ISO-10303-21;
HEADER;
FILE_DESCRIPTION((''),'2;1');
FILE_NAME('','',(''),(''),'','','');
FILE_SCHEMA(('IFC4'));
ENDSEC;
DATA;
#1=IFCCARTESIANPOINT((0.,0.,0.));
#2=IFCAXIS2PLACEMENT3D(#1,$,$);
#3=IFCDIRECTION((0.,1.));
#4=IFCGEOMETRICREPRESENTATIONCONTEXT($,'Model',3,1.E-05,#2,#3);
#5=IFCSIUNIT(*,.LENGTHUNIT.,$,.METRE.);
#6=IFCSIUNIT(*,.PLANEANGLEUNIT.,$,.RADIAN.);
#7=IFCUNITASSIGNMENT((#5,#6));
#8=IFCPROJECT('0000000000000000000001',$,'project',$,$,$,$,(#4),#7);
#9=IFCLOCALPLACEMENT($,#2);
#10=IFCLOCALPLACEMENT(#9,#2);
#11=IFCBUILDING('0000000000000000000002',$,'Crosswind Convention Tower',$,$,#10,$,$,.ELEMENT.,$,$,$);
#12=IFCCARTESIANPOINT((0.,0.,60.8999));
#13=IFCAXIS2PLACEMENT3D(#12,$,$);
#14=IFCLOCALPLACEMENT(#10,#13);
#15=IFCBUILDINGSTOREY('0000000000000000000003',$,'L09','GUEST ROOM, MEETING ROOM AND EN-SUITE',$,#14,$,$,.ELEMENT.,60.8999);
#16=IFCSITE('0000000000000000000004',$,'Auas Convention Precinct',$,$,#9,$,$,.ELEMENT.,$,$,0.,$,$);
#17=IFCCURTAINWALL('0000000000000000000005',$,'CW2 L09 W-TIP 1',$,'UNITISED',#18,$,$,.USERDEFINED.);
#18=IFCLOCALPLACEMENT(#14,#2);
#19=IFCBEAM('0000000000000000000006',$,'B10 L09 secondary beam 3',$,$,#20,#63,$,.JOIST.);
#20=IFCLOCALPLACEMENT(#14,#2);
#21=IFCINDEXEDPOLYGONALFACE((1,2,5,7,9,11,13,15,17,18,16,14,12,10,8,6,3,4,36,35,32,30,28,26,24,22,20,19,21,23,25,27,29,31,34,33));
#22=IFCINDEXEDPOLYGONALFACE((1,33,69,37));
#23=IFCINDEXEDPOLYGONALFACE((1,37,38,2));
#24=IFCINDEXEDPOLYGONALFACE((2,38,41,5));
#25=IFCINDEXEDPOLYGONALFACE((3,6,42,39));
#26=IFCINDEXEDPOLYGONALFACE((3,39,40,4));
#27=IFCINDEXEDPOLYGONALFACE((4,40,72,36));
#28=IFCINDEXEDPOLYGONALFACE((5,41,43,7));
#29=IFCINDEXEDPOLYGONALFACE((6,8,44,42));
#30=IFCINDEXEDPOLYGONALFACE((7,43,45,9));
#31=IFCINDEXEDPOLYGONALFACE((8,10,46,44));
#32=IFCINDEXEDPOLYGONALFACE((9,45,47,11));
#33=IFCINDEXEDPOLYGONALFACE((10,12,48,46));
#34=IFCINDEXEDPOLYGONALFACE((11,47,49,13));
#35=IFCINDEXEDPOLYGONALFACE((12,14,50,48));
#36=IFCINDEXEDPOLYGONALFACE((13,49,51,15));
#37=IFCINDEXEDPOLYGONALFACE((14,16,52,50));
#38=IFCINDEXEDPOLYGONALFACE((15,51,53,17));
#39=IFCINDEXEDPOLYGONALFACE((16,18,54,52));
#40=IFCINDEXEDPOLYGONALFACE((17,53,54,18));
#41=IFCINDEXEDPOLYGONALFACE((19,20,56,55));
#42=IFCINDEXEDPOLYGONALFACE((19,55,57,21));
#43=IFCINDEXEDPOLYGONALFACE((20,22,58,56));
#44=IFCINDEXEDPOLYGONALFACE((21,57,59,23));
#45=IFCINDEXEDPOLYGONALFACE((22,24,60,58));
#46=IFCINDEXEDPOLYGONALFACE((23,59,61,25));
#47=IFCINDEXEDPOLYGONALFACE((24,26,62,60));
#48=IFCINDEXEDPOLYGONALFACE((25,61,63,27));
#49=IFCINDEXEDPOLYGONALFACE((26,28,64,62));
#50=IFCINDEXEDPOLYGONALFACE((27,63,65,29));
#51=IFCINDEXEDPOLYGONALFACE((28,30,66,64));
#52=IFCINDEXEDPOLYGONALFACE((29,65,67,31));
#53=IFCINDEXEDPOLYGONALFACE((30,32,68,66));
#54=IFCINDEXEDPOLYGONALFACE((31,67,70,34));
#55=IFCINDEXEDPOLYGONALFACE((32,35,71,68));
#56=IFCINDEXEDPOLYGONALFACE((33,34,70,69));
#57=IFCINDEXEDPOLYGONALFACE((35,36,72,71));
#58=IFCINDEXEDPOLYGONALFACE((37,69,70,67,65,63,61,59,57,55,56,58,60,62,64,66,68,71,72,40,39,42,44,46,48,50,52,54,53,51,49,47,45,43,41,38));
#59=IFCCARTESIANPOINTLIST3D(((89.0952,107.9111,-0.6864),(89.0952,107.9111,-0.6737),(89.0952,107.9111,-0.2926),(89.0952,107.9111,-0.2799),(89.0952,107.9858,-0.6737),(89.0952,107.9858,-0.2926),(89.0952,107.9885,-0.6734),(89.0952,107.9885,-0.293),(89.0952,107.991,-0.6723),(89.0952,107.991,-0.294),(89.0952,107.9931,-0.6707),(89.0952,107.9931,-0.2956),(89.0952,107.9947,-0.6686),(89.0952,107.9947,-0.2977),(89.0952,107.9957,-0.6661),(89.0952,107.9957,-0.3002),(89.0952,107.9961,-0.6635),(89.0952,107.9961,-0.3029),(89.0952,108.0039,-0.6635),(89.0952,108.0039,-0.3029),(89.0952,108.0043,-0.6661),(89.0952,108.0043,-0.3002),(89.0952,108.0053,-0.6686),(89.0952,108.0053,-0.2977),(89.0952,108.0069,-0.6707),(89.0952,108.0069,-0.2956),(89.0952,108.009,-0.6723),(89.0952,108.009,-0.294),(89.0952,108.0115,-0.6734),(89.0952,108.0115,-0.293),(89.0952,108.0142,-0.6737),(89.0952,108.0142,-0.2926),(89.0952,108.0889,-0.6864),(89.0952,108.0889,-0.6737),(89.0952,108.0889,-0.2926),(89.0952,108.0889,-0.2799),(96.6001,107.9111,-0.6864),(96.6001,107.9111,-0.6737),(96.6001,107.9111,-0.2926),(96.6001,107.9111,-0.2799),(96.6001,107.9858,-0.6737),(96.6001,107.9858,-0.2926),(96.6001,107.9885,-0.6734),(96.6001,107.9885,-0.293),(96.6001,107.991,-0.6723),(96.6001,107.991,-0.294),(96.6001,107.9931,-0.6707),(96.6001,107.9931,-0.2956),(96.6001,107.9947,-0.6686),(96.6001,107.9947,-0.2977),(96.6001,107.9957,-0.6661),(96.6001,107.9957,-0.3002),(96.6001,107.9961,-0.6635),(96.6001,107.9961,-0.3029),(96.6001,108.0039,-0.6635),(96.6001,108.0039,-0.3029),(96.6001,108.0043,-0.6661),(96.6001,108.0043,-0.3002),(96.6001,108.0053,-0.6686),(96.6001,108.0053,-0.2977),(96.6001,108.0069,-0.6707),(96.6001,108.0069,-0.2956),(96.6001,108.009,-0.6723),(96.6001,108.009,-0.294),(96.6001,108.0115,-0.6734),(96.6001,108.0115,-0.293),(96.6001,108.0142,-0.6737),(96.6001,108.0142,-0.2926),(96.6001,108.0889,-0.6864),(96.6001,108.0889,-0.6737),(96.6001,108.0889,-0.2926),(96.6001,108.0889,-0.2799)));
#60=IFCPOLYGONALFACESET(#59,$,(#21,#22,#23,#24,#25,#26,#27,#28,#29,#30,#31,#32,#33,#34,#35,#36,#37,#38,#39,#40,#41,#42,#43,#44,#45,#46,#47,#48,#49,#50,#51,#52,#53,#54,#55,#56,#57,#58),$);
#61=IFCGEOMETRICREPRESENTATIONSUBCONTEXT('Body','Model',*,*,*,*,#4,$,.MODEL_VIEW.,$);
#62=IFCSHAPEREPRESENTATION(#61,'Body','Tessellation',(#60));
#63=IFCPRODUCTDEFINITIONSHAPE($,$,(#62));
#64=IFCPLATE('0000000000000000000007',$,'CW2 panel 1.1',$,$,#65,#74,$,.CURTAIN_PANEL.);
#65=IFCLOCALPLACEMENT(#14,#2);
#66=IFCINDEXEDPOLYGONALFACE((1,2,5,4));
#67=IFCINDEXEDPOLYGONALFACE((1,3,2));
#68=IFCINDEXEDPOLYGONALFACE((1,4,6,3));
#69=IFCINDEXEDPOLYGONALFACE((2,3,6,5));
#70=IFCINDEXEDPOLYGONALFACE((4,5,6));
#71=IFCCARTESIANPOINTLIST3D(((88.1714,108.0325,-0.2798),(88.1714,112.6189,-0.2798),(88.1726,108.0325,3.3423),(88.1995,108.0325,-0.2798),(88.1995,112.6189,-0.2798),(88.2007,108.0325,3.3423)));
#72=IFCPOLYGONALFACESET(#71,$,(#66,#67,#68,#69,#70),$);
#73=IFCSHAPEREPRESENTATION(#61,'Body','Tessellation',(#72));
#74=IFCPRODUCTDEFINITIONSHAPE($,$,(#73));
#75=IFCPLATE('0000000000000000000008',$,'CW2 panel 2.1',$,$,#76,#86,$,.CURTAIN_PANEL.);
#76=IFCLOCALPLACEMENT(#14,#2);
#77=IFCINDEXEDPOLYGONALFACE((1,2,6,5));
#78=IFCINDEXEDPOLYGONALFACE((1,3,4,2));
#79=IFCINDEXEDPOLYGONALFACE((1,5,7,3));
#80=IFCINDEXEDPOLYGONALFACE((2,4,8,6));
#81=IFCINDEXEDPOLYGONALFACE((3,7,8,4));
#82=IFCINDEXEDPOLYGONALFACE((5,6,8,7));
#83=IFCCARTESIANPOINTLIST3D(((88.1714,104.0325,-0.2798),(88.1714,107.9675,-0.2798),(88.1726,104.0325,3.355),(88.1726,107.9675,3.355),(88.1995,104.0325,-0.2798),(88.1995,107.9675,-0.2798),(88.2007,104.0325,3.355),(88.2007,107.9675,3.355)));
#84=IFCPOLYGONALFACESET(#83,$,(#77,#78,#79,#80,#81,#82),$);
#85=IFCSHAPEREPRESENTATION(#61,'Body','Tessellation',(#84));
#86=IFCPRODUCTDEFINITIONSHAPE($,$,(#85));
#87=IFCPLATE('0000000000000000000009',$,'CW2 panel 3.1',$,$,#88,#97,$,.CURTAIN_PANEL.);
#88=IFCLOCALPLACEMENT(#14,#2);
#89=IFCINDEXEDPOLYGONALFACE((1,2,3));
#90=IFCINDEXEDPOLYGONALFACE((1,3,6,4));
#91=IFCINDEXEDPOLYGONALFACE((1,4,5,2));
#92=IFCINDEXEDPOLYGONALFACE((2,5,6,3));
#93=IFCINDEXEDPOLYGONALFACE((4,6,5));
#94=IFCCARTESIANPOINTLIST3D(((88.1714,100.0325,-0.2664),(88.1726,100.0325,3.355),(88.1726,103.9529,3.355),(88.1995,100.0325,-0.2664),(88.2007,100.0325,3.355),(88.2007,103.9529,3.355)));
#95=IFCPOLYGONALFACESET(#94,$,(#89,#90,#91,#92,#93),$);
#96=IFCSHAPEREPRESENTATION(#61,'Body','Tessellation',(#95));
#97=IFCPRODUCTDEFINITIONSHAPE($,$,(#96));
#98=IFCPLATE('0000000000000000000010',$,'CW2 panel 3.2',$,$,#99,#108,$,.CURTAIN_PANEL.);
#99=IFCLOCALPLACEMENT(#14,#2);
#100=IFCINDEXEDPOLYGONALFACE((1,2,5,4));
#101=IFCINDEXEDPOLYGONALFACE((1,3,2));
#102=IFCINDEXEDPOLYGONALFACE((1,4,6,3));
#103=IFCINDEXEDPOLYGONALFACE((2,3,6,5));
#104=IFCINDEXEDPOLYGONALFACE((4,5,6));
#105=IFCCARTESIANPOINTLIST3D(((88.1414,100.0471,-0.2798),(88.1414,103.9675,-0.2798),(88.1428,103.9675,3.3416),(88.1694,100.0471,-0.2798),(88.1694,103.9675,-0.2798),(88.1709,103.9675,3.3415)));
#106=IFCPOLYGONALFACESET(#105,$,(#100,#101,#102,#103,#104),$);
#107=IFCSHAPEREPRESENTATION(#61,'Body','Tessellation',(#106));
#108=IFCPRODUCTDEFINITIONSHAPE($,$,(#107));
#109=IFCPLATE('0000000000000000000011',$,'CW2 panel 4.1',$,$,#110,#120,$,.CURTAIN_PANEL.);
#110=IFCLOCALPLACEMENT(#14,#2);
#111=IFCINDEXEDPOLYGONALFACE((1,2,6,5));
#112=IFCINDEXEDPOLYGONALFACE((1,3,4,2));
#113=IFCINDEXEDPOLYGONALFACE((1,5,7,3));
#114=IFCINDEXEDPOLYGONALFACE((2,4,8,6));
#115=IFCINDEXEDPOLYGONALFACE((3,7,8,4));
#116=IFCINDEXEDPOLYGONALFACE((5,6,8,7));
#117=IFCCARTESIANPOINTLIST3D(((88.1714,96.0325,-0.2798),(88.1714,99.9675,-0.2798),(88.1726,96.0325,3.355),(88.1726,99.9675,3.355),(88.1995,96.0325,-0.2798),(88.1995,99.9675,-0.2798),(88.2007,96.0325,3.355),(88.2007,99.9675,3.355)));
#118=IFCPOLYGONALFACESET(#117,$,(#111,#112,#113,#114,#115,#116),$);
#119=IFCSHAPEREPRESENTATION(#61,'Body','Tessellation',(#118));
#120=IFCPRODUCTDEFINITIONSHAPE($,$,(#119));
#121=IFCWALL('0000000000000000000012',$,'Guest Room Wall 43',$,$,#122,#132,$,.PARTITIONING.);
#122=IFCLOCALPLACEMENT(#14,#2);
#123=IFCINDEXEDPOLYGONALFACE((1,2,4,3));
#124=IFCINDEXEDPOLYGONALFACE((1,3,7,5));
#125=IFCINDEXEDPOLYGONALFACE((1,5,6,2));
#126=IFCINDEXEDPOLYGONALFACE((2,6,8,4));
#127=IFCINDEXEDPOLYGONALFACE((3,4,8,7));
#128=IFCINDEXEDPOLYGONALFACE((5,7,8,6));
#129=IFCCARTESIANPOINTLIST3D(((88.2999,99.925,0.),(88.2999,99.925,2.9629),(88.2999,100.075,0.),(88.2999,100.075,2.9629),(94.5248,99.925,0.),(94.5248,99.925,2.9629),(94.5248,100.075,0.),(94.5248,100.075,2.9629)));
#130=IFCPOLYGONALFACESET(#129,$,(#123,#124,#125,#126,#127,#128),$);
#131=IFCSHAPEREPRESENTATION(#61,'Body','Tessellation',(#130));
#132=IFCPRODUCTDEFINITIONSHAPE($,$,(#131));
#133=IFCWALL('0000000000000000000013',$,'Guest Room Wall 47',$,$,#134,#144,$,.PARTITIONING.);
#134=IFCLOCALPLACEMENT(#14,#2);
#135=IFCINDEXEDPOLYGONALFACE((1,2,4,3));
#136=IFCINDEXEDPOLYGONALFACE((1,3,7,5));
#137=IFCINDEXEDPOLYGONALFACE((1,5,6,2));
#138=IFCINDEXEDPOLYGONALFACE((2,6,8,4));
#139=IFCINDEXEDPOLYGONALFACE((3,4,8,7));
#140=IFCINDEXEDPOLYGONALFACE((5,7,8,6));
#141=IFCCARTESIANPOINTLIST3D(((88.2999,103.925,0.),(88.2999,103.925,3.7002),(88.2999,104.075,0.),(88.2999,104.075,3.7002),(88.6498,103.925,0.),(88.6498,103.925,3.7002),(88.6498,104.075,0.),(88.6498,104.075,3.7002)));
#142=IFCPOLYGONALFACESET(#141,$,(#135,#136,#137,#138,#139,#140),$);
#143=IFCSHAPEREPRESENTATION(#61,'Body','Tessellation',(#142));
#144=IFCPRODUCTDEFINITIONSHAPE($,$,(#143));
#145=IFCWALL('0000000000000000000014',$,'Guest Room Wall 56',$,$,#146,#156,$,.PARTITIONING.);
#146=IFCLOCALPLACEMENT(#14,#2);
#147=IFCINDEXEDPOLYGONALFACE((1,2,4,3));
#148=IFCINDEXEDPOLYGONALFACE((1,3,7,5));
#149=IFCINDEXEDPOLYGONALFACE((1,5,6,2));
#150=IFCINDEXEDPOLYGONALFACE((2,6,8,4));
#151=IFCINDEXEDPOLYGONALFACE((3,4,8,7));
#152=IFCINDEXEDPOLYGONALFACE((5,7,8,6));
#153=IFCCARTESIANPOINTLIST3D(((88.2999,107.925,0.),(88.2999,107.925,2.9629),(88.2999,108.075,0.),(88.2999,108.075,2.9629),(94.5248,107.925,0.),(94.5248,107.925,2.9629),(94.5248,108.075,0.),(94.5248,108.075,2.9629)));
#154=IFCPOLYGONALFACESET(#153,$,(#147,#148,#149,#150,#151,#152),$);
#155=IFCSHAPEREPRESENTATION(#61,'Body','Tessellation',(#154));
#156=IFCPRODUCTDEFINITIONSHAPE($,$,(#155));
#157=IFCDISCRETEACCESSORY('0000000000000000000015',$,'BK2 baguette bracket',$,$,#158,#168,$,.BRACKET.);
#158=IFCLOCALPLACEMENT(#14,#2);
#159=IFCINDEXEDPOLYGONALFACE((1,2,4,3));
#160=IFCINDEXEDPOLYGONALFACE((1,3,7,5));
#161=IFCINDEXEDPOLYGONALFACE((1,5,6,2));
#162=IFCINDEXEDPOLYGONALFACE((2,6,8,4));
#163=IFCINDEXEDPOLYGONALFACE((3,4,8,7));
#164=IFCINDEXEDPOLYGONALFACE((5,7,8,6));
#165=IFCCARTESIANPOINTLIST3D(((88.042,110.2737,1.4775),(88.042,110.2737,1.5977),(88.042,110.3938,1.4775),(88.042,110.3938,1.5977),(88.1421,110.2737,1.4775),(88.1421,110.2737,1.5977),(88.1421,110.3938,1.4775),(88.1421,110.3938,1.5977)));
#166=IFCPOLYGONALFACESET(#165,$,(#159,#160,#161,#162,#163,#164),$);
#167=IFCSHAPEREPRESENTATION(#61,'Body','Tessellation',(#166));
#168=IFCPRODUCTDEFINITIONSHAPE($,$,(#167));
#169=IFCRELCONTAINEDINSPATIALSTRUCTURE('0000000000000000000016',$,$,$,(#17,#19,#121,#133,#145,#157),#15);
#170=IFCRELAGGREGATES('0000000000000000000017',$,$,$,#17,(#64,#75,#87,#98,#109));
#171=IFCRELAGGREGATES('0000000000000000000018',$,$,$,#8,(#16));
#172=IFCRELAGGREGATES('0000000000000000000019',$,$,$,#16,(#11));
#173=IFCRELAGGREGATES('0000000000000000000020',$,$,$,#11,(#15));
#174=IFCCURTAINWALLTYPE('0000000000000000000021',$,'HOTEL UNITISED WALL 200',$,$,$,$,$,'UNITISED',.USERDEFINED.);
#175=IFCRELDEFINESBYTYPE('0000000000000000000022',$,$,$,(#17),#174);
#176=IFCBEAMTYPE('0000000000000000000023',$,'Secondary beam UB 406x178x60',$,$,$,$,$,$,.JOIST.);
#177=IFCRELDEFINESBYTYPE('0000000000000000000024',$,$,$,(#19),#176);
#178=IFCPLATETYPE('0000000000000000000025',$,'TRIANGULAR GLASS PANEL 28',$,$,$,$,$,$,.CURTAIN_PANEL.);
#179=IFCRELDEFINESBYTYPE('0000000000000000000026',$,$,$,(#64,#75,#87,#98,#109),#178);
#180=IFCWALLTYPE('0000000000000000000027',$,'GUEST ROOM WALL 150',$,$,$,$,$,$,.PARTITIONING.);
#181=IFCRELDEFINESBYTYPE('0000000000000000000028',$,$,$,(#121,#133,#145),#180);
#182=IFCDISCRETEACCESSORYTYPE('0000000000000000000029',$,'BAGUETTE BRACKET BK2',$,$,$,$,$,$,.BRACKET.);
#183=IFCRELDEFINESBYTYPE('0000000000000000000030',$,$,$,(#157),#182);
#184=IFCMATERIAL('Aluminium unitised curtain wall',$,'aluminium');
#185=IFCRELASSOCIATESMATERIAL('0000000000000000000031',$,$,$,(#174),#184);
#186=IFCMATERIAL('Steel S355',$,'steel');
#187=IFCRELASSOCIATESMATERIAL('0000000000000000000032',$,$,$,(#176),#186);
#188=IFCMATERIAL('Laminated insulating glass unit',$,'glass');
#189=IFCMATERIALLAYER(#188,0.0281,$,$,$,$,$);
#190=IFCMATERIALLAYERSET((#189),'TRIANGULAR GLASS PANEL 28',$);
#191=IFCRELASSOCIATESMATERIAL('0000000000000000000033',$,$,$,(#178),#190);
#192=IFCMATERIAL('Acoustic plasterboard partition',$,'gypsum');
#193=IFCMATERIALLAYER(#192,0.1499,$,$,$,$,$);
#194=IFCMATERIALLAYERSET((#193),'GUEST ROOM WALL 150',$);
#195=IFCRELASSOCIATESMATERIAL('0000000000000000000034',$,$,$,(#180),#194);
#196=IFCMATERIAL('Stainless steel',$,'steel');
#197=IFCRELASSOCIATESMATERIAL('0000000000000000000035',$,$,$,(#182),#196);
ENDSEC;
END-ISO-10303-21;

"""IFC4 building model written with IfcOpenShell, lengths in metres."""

from ifc_helpers import new_model, si_unit, direction, frame, frame_2d, origin, origin_2d, place, context, subcontext, project, spatial, polyline, rectangle, i_section, outline, extrude, material, layer, layer_set, material_profile, profile_set, type_object, element, aggregate, save


model = new_model("IFC4")

# Units and contexts
model_context = context("Model", 3, precision=1e-05, world=origin(), true_north=direction((0.0, 1.0)))
body_context = subcontext(model_context, "Body", "Model", "MODEL_VIEW")
ifc_project = project(units=[si_unit("LENGTHUNIT", "METRE"), si_unit("PLANEANGLEUNIT", "RADIAN")], contexts=[model_context])

# Site, building, storey
site_placement = place(None, origin())
site = spatial("IfcSite", under=ifc_project, at=site_placement, Name="Auas Convention Precinct", CompositionType="ELEMENT", RefElevation=0.0)
building_placement = place(site_placement, origin())
building = spatial("IfcBuilding", under=site, at=building_placement, Name="Crosswind Convention Tower", CompositionType="ELEMENT")
storey_placement = place(building_placement, frame((0.0, 0.0, 60.8999)))
storey = spatial("IfcBuildingStorey", under=building, at=storey_placement, Name="L09", Description="GUEST ROOM, MEETING ROOM AND EN-SUITE", CompositionType="ELEMENT", Elevation=60.8999)

# Shared definitions
ifc_material_1 = material(Name="Steel S355", Category="steel")

# Curtain wall
ifc_material_2 = material(Name="Aluminium unitised curtain wall", Category="aluminium")
curtain_wall_type = type_object("IfcCurtainWallType", Name="HOTEL UNITISED WALL 200", ElementType="UNITISED", PredefinedType="USERDEFINED", material=ifc_material_2)
curtain_wall_placement = place(storey_placement, origin())
curtain_wall = element("IfcCurtainWall", 1, at=curtain_wall_placement, inside=storey, type_object=curtain_wall_type, Name="CW2 L09 W-TIP 1", ObjectType="UNITISED", PredefinedType="USERDEFINED")

# Beam
ifc_material_profile_1 = material_profile(ifc_material_1, i_section(OverallWidth=0.1777, OverallDepth=0.4065, WebThickness=0.0078, FlangeThickness=0.0127, FilletRadius=0.0103, at=origin_2d()), Name="UB 406x178x60")
ifc_profile_set_1 = profile_set([ifc_material_profile_1], Name="Steel S355")
beam_type_1 = type_object("IfcBeamType", Name="Secondary beam UB 406x178x60", PredefinedType="JOIST", material=ifc_profile_set_1)
for number, where, z_axis, x_axis, name in (
    (2, (89.0952, 108.0, -0.4832), (1.0, 0.0, 0.0), (0.0, 1.0, 0.0), "B10 L09 secondary beam 3"),
):
    element("IfcBeam", number, at=place(storey_placement, frame(where, z_axis=z_axis, x_axis=x_axis)), inside=storey, type_object=beam_type_1, Name=name, PredefinedType="JOIST", context=body_context, shape_type="SweptSolid", body=[
        extrude(i_section(OverallWidth=0.1777, OverallDepth=0.4065, WebThickness=0.0078, FlangeThickness=0.0127, FilletRadius=0.0103, at=origin_2d()), origin(), (0.0, 0.0, 1.0), 7.5049),
    ])

# Plates
ifc_material_3 = material(Name="Laminated insulating glass unit", Category="glass")
ifc_layer_1 = layer(ifc_material_3, 0.0281)
ifc_layer_set_1 = layer_set([ifc_layer_1], Name="TRIANGULAR GLASS PANEL 28")
plate_type = type_object("IfcPlateType", Name="TRIANGULAR GLASS PANEL 28", PredefinedType="CURTAIN_PANEL", material=ifc_layer_set_1)
plate_1_placement = place(storey_placement, frame((88.1714, 108.0325, -0.2798), z_axis=(-1.0, 0.0, 0.000337), x_axis=(0.000337, 0.0, 1.0)))
plate_1 = element("IfcPlate", 3, at=plate_1_placement, type_object=plate_type, Name="CW2 panel 1.1", PredefinedType="CURTAIN_PANEL", context=body_context, shape_type="SweptSolid", body=[
    extrude(outline(polyline([(0.0, 0.0), (3.6221, 0.0), (0.0, 4.5864), (0.0, 0.0)])), origin(), (0.0, 0.0, -1.0), 0.0281),
])
plate_2_placement = place(storey_placement, frame((88.1714, 107.9675, -0.2798), z_axis=(-1.0, 0.0, 0.000336), x_axis=(0.0, -1.0, 0.0)))
plate_2 = element("IfcPlate", 4, at=plate_2_placement, type_object=plate_type, Name="CW2 panel 2.1", PredefinedType="CURTAIN_PANEL", context=body_context, shape_type="SweptSolid", body=[
    extrude(outline(polyline([(0.0, 0.0), (3.9351, 0.0), (3.9351, 3.6348), (0.0, 3.6348), (0.0, 0.0)])), origin(), (0.0, 0.0, -1.0), 0.0281),
])
plate_3_placement = place(storey_placement, frame((88.1726, 100.0325, 3.355), z_axis=(-1.0, 0.0, 0.000337), x_axis=(0.0, 1.0, 0.0)))
plate_3 = element("IfcPlate", 5, at=plate_3_placement, type_object=plate_type, Name="CW2 panel 3.1", PredefinedType="CURTAIN_PANEL", context=body_context, shape_type="SweptSolid", body=[
    extrude(outline(polyline([(0.0, 0.0), (3.9204, 0.0), (0.0, 3.6213), (0.0, 0.0)])), origin(), (0.0, 0.0, -1.0), 0.0281),
])
plate_4_placement = place(storey_placement, frame((88.1414, 103.9675, -0.2798), z_axis=(-1.0, 0.0, 0.000405), x_axis=(0.0, -1.0, 0.0)))
plate_4 = element("IfcPlate", 6, at=plate_4_placement, type_object=plate_type, Name="CW2 panel 3.2", PredefinedType="CURTAIN_PANEL", context=body_context, shape_type="SweptSolid", body=[
    extrude(outline(polyline([(0.0, 0.0), (3.9204, 0.0), (0.0, 3.6213), (0.0, 0.0)])), origin(), (0.0, 0.0, -1.0), 0.0281),
])
plate_5_placement = place(storey_placement, frame((88.1714, 99.9675, -0.2798), z_axis=(-1.0, 0.0, 0.000336), x_axis=(0.0, -1.0, 0.0)))
plate_5 = element("IfcPlate", 7, at=plate_5_placement, type_object=plate_type, Name="CW2 panel 4.1", PredefinedType="CURTAIN_PANEL", context=body_context, shape_type="SweptSolid", body=[
    extrude(outline(polyline([(0.0, 0.0), (3.9351, 0.0), (3.9351, 3.6348), (0.0, 3.6348), (0.0, 0.0)])), origin(), (0.0, 0.0, -1.0), 0.0281),
])
aggregate(curtain_wall, [plate_1, plate_2, plate_3, plate_4, plate_5])

# Walls
ifc_material_4 = material(Name="Acoustic plasterboard partition", Category="gypsum")
ifc_layer_2 = layer(ifc_material_4, 0.1499)
ifc_layer_set_2 = layer_set([ifc_layer_2], Name="GUEST ROOM WALL 150")
wall_type = type_object("IfcWallType", Name="GUEST ROOM WALL 150", PredefinedType="PARTITIONING", material=ifc_layer_set_2)
wall_1_placement = place(storey_placement, frame((88.3, 100.0, 0.0), z_axis=(0.0, 0.0, 1.0), x_axis=(1.0, 0.0, 0.0)))
element("IfcWall", 8, at=wall_1_placement, inside=storey, type_object=wall_type, Name="Guest Room Wall 43", PredefinedType="PARTITIONING", context=body_context, shape_type="SweptSolid", body=[
    extrude(rectangle(XDim=6.2249, YDim=0.1499, at=frame_2d((3.1123, 0.0))), origin(), (0.0, 0.0, 1.0), 2.9629),
])
wall_2_placement = place(storey_placement, frame((88.3, 104.0, 0.0), z_axis=(0.0, 0.0, 1.0), x_axis=(1.0, 0.0, 0.0)))
element("IfcWall", 9, at=wall_2_placement, inside=storey, type_object=wall_type, Name="Guest Room Wall 47", PredefinedType="PARTITIONING", context=body_context, shape_type="SweptSolid", body=[
    extrude(rectangle(XDim=0.3499, YDim=0.1499, at=frame_2d((0.1748, 0.0))), origin(), (0.0, 0.0, 1.0), 3.7002),
])
wall_3_placement = place(storey_placement, frame((88.3, 108.0, 0.0), z_axis=(0.0, 0.0, 1.0), x_axis=(1.0, 0.0, 0.0)))
element("IfcWall", 10, at=wall_3_placement, inside=storey, type_object=wall_type, Name="Guest Room Wall 56", PredefinedType="PARTITIONING", context=body_context, shape_type="SweptSolid", body=[
    extrude(rectangle(XDim=6.2249, YDim=0.1499, at=frame_2d((3.1123, 0.0))), origin(), (0.0, 0.0, 1.0), 2.9629),
])

# Discrete accessory
ifc_material_5 = material(Name="Stainless steel", Category="steel")
discrete_accessory_type = type_object("IfcDiscreteAccessoryType", Name="BAGUETTE BRACKET BK2", PredefinedType="BRACKET", material=ifc_material_5)
discrete_accessory_placement = place(storey_placement, frame((88.092, 110.3337, 1.4775), z_axis=(0.0, 0.0, 1.0), x_axis=(0.0, -1.0, 0.0)))
element("IfcDiscreteAccessory", 11, at=discrete_accessory_placement, inside=storey, type_object=discrete_accessory_type, Name="BK2 baguette bracket", PredefinedType="BRACKET", context=body_context, shape_type="SweptSolid", body=[
    extrude(rectangle(XDim=0.1201, YDim=0.1001, at=origin_2d()), origin(), (0.0, 0.0, 1.0), 0.1201),
])

save(model, "model.ifc")
